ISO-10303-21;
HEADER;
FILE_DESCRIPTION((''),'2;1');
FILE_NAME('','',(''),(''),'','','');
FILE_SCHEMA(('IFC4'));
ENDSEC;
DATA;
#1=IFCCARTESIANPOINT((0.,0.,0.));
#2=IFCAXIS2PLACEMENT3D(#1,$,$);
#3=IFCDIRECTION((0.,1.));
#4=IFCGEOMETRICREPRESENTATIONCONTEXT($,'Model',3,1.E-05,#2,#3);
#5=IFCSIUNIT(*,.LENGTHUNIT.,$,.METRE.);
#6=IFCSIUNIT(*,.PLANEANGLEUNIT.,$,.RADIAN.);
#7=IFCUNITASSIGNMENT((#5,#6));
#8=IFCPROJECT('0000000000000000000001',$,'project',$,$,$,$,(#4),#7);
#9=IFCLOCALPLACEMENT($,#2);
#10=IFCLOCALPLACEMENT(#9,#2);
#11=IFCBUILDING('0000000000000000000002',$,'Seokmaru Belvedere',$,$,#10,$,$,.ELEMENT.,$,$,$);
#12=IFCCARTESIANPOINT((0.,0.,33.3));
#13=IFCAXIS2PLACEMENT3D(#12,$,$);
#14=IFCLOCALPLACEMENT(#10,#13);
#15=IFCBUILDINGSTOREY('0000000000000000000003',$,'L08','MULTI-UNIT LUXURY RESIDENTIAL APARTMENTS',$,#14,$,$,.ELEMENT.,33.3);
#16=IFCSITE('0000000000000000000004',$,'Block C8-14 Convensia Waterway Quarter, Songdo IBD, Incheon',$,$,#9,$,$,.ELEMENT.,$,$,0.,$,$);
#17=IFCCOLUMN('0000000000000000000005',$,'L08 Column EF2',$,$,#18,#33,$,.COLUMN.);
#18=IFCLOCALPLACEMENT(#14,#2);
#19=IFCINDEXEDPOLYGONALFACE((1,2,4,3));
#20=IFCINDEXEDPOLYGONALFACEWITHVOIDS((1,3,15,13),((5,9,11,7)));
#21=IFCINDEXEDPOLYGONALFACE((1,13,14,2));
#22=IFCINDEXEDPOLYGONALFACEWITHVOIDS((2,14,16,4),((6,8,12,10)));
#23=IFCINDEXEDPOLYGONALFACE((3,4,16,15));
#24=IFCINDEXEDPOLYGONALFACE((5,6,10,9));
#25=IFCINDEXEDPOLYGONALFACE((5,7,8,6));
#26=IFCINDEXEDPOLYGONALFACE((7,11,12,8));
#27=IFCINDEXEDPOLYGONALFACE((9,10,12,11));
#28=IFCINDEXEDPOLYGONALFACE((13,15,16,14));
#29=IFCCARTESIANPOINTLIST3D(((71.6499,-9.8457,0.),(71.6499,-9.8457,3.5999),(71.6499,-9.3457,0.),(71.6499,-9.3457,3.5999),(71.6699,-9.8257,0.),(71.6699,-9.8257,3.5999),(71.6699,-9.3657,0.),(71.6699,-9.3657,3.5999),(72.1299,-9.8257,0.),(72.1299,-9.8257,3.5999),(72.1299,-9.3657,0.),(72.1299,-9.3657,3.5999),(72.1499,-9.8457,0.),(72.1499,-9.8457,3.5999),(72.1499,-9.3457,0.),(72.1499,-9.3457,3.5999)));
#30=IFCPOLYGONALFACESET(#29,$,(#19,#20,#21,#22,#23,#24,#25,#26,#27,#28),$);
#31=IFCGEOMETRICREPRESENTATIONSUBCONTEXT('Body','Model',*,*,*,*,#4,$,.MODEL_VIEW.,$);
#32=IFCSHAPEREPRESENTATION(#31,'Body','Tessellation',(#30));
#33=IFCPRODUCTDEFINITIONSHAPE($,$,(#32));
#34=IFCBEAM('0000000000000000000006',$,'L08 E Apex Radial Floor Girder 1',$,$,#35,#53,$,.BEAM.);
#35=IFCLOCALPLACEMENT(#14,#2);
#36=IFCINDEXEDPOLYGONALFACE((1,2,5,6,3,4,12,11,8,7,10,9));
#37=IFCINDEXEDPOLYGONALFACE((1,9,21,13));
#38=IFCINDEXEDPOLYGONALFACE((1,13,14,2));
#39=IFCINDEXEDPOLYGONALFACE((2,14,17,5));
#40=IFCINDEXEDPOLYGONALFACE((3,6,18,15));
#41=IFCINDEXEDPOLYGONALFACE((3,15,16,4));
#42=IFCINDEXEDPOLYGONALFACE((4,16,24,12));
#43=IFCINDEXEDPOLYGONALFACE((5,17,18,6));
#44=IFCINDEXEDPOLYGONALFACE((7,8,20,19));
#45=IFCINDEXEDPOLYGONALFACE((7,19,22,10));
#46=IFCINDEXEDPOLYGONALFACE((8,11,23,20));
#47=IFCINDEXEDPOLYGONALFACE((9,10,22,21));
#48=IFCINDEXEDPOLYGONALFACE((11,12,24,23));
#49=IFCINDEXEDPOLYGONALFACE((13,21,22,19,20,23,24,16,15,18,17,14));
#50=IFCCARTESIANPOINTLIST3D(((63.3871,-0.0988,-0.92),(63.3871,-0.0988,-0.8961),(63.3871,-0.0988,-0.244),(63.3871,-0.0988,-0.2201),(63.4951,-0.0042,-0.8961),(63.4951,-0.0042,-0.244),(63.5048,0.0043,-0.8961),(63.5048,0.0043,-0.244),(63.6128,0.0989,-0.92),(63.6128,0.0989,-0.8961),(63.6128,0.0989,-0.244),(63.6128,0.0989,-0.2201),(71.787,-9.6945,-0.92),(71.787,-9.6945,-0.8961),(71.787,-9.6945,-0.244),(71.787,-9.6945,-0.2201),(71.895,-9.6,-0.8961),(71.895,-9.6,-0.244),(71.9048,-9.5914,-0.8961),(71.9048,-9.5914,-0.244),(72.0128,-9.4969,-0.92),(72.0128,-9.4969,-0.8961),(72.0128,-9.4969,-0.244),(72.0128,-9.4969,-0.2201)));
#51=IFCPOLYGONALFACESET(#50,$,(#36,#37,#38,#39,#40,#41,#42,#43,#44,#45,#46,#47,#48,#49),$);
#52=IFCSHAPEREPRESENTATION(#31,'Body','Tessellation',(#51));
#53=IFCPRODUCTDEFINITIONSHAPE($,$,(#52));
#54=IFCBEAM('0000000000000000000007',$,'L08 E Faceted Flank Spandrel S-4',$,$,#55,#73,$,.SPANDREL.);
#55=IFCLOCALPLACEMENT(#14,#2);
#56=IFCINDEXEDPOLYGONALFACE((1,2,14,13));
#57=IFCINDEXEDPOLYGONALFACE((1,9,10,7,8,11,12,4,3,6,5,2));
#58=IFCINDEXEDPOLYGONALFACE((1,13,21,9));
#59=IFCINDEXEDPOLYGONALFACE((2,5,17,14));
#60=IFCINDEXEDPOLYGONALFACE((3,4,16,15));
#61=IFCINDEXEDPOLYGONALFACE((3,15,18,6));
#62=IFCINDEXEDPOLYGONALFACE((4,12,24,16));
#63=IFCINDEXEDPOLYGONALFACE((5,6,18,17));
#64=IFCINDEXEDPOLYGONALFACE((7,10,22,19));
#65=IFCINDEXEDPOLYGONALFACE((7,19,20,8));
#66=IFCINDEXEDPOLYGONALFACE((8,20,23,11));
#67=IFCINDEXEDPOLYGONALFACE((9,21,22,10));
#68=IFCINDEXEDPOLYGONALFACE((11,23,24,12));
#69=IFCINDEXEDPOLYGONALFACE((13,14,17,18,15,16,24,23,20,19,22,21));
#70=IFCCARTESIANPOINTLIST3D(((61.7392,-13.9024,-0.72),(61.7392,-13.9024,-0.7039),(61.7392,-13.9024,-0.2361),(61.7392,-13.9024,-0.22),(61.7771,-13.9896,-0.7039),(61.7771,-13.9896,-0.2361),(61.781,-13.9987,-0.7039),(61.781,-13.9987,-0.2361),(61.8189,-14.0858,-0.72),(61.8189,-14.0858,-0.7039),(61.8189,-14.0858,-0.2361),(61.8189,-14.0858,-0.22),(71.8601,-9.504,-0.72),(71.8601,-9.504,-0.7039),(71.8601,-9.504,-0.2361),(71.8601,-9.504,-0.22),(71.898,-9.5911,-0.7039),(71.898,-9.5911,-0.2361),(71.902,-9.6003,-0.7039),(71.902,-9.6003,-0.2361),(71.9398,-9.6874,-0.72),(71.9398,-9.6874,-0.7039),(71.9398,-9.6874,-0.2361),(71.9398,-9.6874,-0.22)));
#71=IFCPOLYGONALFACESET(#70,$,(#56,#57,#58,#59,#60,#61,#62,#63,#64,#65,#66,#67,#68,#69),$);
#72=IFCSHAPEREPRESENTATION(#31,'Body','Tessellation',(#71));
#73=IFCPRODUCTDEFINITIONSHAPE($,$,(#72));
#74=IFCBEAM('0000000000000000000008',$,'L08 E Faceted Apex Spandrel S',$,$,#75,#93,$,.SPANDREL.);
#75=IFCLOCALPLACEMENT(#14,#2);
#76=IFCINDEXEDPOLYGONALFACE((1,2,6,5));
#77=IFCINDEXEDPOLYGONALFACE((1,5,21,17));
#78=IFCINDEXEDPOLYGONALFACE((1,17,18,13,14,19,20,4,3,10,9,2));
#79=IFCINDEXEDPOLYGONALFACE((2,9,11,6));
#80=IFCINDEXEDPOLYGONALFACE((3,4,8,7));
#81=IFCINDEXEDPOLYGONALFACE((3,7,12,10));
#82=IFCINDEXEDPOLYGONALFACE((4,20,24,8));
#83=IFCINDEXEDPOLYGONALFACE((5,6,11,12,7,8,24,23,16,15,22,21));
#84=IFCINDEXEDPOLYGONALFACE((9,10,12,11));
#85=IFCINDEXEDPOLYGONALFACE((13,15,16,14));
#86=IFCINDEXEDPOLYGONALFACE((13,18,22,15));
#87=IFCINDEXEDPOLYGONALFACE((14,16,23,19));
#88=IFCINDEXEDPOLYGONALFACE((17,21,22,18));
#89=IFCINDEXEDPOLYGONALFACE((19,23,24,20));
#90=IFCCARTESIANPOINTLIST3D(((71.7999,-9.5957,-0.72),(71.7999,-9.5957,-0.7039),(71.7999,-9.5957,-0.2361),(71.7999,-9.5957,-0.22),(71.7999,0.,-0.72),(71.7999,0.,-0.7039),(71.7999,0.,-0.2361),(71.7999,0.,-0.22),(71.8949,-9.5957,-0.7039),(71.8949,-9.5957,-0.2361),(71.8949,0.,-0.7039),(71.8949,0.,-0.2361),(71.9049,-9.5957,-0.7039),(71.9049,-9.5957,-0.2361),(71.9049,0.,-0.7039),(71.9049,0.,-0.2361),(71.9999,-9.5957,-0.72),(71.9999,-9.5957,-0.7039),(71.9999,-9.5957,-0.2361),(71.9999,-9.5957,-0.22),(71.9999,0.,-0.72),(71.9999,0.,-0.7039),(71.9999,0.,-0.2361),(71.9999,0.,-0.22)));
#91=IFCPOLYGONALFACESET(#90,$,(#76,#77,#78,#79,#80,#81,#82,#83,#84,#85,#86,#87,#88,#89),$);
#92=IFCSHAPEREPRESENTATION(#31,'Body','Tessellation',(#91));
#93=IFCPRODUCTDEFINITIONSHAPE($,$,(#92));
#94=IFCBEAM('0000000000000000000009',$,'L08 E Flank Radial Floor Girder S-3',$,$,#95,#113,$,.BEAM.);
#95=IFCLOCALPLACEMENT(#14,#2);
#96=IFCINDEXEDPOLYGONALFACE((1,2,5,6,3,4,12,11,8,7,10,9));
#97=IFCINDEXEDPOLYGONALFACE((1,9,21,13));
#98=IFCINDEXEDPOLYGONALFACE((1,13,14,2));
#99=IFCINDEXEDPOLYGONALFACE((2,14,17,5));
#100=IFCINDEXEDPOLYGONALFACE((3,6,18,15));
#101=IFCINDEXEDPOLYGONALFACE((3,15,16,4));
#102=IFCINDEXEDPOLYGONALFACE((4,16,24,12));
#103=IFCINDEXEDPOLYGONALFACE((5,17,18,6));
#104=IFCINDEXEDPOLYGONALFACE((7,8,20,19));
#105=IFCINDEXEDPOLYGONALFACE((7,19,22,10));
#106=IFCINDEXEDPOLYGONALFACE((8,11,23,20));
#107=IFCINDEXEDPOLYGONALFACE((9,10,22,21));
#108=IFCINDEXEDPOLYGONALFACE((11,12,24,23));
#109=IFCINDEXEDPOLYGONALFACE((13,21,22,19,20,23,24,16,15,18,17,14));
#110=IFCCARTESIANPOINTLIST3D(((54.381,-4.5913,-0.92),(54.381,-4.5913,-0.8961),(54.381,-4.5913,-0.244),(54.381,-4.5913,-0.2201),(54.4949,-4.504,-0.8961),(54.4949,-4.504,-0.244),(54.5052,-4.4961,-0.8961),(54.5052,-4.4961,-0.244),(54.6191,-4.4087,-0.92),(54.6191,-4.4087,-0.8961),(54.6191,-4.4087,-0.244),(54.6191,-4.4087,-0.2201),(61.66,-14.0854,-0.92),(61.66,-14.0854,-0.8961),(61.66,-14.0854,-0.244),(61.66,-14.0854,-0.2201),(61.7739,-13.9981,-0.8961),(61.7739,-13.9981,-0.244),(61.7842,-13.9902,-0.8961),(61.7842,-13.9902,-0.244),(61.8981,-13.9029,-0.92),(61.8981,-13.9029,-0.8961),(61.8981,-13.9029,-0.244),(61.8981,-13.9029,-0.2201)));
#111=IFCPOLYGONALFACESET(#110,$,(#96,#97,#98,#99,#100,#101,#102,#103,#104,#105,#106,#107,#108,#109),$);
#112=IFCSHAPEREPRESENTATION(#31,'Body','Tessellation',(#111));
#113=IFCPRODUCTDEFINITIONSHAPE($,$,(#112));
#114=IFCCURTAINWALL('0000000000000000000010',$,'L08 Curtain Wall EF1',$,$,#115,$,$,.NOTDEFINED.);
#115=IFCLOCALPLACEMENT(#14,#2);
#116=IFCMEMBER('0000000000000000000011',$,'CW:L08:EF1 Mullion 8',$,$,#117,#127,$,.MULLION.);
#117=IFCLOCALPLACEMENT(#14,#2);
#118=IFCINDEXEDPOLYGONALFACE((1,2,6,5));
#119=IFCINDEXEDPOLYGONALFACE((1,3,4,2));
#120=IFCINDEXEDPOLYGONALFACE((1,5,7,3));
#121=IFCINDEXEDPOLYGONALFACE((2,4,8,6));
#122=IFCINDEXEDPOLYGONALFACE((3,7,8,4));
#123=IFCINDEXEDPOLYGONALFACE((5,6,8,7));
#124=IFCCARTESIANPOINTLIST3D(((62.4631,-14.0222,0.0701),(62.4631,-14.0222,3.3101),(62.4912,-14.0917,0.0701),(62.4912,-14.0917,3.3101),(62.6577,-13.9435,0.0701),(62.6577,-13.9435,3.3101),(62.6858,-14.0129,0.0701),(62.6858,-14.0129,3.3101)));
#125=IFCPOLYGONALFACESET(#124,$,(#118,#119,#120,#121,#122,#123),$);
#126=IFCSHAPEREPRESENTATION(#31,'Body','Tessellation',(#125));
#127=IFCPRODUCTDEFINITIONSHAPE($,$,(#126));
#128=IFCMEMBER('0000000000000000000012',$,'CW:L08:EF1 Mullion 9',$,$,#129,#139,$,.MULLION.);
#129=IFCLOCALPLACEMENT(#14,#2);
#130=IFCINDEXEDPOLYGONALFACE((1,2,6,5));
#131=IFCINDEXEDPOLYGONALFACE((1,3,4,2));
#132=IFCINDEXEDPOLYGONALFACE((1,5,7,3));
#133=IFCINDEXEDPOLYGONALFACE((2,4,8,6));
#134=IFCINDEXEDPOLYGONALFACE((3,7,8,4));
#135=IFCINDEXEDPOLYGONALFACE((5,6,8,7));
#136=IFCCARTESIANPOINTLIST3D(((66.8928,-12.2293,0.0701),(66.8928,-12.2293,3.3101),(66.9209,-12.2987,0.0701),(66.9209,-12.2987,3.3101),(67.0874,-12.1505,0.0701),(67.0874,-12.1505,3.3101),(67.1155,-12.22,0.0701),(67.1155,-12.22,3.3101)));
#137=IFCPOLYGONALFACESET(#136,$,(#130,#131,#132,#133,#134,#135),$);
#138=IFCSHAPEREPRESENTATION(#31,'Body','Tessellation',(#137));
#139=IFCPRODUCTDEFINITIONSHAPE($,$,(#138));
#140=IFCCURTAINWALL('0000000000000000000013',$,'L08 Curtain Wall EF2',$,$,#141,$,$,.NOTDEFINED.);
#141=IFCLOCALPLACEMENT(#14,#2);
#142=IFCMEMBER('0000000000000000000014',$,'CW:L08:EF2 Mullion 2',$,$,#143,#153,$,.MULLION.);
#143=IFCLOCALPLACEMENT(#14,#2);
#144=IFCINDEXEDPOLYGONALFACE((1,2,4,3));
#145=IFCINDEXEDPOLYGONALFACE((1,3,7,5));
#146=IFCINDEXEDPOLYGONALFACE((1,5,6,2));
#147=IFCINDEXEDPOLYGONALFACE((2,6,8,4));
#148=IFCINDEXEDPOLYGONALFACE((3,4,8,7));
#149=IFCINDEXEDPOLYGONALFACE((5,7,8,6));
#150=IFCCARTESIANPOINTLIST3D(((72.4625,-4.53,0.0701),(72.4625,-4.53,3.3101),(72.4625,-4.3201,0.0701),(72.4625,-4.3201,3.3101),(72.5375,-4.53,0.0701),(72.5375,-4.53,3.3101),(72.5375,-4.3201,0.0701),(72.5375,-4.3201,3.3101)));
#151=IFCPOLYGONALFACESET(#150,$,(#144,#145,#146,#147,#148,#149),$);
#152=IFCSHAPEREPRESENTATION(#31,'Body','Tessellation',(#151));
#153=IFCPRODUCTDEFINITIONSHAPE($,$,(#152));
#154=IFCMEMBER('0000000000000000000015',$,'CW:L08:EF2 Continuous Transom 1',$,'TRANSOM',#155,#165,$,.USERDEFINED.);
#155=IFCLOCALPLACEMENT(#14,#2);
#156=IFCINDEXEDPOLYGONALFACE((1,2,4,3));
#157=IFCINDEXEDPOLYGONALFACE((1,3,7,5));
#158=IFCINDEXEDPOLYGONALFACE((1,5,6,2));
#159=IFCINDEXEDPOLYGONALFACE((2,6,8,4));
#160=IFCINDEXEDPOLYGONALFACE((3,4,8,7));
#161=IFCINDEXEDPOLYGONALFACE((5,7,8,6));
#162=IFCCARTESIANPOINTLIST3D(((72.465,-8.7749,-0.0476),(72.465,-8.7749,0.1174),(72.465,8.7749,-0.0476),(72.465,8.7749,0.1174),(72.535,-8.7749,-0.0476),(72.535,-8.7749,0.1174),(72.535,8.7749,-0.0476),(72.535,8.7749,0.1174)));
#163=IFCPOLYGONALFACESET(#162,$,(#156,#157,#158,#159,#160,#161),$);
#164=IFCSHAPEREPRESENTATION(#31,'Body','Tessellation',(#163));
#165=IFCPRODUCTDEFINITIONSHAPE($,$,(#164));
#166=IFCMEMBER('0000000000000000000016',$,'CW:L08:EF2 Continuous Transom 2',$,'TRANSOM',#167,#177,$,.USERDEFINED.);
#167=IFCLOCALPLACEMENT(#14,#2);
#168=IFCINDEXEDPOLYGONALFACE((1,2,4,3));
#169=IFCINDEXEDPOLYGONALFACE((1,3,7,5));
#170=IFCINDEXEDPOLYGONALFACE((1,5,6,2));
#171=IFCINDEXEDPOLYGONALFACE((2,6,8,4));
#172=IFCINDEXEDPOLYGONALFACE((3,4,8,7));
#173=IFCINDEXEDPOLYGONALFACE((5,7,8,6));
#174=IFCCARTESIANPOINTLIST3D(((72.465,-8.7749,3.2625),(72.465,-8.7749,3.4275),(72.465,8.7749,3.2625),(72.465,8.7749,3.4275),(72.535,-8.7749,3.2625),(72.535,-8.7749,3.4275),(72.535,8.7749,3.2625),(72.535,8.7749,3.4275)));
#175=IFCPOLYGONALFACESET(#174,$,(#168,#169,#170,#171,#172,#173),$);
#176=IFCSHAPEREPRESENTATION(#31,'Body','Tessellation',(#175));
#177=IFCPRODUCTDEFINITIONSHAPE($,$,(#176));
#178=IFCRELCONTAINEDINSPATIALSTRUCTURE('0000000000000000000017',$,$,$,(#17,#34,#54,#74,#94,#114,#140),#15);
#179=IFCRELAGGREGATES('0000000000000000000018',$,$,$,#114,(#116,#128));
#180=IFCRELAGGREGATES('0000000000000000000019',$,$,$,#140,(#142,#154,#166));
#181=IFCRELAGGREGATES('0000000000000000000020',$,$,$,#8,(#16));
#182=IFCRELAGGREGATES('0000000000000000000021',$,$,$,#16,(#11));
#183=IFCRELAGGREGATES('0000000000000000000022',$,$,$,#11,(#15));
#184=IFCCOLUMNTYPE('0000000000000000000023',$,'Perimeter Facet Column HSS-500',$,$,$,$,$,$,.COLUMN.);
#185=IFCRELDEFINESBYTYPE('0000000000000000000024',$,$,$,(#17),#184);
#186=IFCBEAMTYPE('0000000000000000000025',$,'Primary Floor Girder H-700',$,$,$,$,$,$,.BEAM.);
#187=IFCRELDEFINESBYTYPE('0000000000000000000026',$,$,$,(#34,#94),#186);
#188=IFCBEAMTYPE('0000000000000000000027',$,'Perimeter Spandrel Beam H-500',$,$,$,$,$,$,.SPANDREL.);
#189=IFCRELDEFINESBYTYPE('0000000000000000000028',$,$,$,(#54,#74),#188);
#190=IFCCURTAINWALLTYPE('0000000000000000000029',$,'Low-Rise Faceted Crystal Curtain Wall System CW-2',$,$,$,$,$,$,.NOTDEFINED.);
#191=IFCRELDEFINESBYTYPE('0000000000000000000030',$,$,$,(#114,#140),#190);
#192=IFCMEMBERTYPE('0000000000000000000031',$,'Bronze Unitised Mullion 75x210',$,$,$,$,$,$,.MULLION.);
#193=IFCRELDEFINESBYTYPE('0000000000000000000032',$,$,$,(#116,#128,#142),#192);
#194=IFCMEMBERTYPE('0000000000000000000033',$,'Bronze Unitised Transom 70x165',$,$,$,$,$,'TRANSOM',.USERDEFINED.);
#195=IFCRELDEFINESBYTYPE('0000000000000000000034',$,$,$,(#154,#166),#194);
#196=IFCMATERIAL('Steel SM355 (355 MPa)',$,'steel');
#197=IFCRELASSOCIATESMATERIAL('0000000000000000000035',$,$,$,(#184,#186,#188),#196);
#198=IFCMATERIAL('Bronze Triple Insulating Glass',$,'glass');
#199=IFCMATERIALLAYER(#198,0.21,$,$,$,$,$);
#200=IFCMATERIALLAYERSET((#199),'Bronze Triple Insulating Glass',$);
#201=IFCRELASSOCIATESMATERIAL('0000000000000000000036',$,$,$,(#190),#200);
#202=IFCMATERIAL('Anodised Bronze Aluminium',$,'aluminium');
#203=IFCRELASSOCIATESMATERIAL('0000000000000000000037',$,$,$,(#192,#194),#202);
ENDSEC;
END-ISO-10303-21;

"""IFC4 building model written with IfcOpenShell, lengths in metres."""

from ifc_helpers import new_model, si_unit, direction, frame, origin, origin_2d, place, context, subcontext, project, spatial, rectangle, hollow_rectangle, i_section, extrude, source, transform, mapped, material, layer, layer_set, material_profile, profile_set, type_object, type_shapes, element, aggregate, save


model = new_model("IFC4")

# Units and contexts
model_context = context("Model", 3, precision=1e-05, world=origin(), true_north=direction((0.0, 1.0)))
body_context = subcontext(model_context, "Body", "Model", "MODEL_VIEW")
ifc_project = project(units=[si_unit("LENGTHUNIT", "METRE"), si_unit("PLANEANGLEUNIT", "RADIAN")], contexts=[model_context])

# Site, building, storey
site_placement = place(None, origin())
site = spatial("IfcSite", under=ifc_project, at=site_placement, Name="Block C8-14 Convensia Waterway Quarter, Songdo IBD, Incheon", CompositionType="ELEMENT", RefElevation=0.0)
building_placement = place(site_placement, origin())
building = spatial("IfcBuilding", under=site, at=building_placement, Name="Seokmaru Belvedere", CompositionType="ELEMENT")
storey_placement = place(building_placement, frame((0.0, 0.0, 33.3)))
storey = spatial("IfcBuildingStorey", under=building, at=storey_placement, Name="L08", Description="MULTI-UNIT LUXURY RESIDENTIAL APARTMENTS", CompositionType="ELEMENT", Elevation=33.3)

# Column
ifc_material_1 = material(Name="Steel SM355 (355 MPa)", Category="steel")
ifc_material_profile_1 = material_profile(ifc_material_1, hollow_rectangle(XDim=0.5, YDim=0.5, WallThickness=0.02, at=origin_2d()), Name="HSS-500x500x20")
ifc_profile_set_1 = profile_set([ifc_material_profile_1], Name="Steel SM355 (355 MPa)")
column_type = type_object("IfcColumnType", Name="Perimeter Facet Column HSS-500", PredefinedType="COLUMN", material=ifc_profile_set_1)
shared_shape_1 = source(origin(), body_context, "Body", "SweptSolid", [
    extrude(hollow_rectangle(XDim=0.5, YDim=0.5, WallThickness=0.02, at=origin_2d()), origin(), (0.0, 0.0, 1.0), 3.5999),
])
type_shapes(column_type, [shared_shape_1])
column_placement = place(storey_placement, frame((71.8999, -9.5957, 0.0), z_axis=(0.0, 0.0, 1.0), x_axis=(1.0, 0.0, 0.0)))
element("IfcColumn", 1, at=column_placement, inside=storey, type_object=column_type, Name="L08 Column EF2", PredefinedType="COLUMN", context=body_context, shape_type="MappedRepresentation", body=[
    mapped(shared_shape_1, transform((0.0, 0.0, 0.0), scale=1.0)),
])

# Beams
ifc_material_profile_2 = material_profile(ifc_material_1, i_section(OverallWidth=0.3, OverallDepth=0.7, WebThickness=0.0129, FlangeThickness=0.0239, at=origin_2d()), Name="H-700x300x13x24")
ifc_profile_set_2 = profile_set([ifc_material_profile_2], Name="Steel SM355 (355 MPa)")
beam_type_1 = type_object("IfcBeamType", Name="Primary Floor Girder H-700", PredefinedType="BEAM", material=ifc_profile_set_2)
shared_shape_2 = source(origin(), body_context, "Body", "SweptSolid", [
    extrude(i_section(OverallWidth=0.3, OverallDepth=0.7, WebThickness=0.0129, FlangeThickness=0.0239, at=origin_2d()), origin(), (0.0, 0.0, 1.0), 12.7529),
])
beam_1_placement = place(storey_placement, frame((71.8999, -9.5957, -0.5701), z_axis=(-0.658667, 0.752434, 0.0), x_axis=(-0.752434, -0.658667, 0.0)))
element("IfcBeam", 2, at=beam_1_placement, inside=storey, type_object=beam_type_1, Name="L08 E Apex Radial Floor Girder 1", PredefinedType="BEAM", context=body_context, shape_type="MappedRepresentation", body=[
    mapped(shared_shape_2, transform((0.0, 0.0, 0.0), scale=1.0)),
])
ifc_material_profile_3 = material_profile(ifc_material_1, i_section(OverallWidth=0.2, OverallDepth=0.5, WebThickness=0.01, FlangeThickness=0.0161, at=origin_2d()), Name="H-500x200x10x16")
ifc_profile_set_3 = profile_set([ifc_material_profile_3], Name="Steel SM355 (355 MPa)")
beam_type_2 = type_object("IfcBeamType", Name="Perimeter Spandrel Beam H-500", PredefinedType="SPANDREL", material=ifc_profile_set_3)
shared_shape_3 = source(origin(), body_context, "Body", "SweptSolid", [
    extrude(i_section(OverallWidth=0.2, OverallDepth=0.5, WebThickness=0.01, FlangeThickness=0.0161, at=origin_2d()), origin(), (0.0, 0.0, 1.0), 11.0354),
])
beam_2_placement = place(storey_placement, frame((61.7791, -13.9941, -0.47), z_axis=(0.917134, 0.398579, 0.0), x_axis=(-0.398579, 0.917134, 0.0)))
element("IfcBeam", 3, at=beam_2_placement, inside=storey, type_object=beam_type_2, Name="L08 E Faceted Flank Spandrel S-4", PredefinedType="SPANDREL", context=body_context, shape_type="MappedRepresentation", body=[
    mapped(shared_shape_3, transform((0.0, 0.0, 0.0), scale=1.0)),
])
shared_shape_4 = source(origin(), body_context, "Body", "SweptSolid", [
    extrude(i_section(OverallWidth=0.2, OverallDepth=0.5, WebThickness=0.01, FlangeThickness=0.0161, at=origin_2d()), origin(), (0.0, 0.0, 1.0), 9.5957),
])
type_shapes(beam_type_2, [shared_shape_3, shared_shape_4])
beam_3_placement = place(storey_placement, frame((71.8999, -9.5957, -0.47), z_axis=(0.0, 1.0, 0.0), x_axis=(-1.0, 0.0, 0.0)))
element("IfcBeam", 4, at=beam_3_placement, inside=storey, type_object=beam_type_2, Name="L08 E Faceted Apex Spandrel S", PredefinedType="SPANDREL", context=body_context, shape_type="MappedRepresentation", body=[
    mapped(shared_shape_4, transform((0.0, 0.0, 0.0), scale=1.0)),
])
shared_shape_5 = source(origin(), body_context, "Body", "SweptSolid", [
    extrude(i_section(OverallWidth=0.3, OverallDepth=0.7, WebThickness=0.0129, FlangeThickness=0.0239, at=origin_2d()), origin(), (0.0, 0.0, 1.0), 11.9634),
])
type_shapes(beam_type_1, [shared_shape_2, shared_shape_5])
beam_4_placement = place(storey_placement, frame((61.7791, -13.9941, -0.5701), z_axis=(-0.608443, 0.793598, 0.0), x_axis=(-0.793598, -0.608443, 0.0)))
element("IfcBeam", 5, at=beam_4_placement, inside=storey, type_object=beam_type_1, Name="L08 E Flank Radial Floor Girder S-3", PredefinedType="BEAM", context=body_context, shape_type="MappedRepresentation", body=[
    mapped(shared_shape_5, transform((0.0, 0.0, 0.0), scale=1.0)),
])

# Curtain walls, members
ifc_material_2 = material(Name="Bronze Triple Insulating Glass", Category="glass")
ifc_layer_1 = layer(ifc_material_2, 0.21)
ifc_layer_set_1 = layer_set([ifc_layer_1], Name="Bronze Triple Insulating Glass")
curtain_wall_type = type_object("IfcCurtainWallType", Name="Low-Rise Faceted Crystal Curtain Wall System CW-2", PredefinedType="NOTDEFINED", material=ifc_layer_set_1)
curtain_wall_1_placement = place(storey_placement, origin())
curtain_wall_1 = element("IfcCurtainWall", 6, at=curtain_wall_1_placement, inside=storey, type_object=curtain_wall_type, Name="L08 Curtain Wall EF1", PredefinedType="NOTDEFINED")
ifc_material_3 = material(Name="Anodised Bronze Aluminium", Category="aluminium")
ifc_material_profile_4 = material_profile(ifc_material_3, rectangle(XDim=0.075, YDim=0.21, at=origin_2d()), Name="CW-M-75x210")
ifc_profile_set_4 = profile_set([ifc_material_profile_4], Name="Anodised Bronze Aluminium")
member_type_1 = type_object("IfcMemberType", Name="Bronze Unitised Mullion 75x210", PredefinedType="MULLION", material=ifc_profile_set_4)
shared_shape_6 = source(origin(), body_context, "Body", "SweptSolid", [
    extrude(rectangle(XDim=0.075, YDim=0.21, at=origin_2d()), origin(), (0.0, 0.0, 1.0), 3.24),
])
member_1_placement = place(storey_placement, frame((62.5745, -14.0176, 0.0701), z_axis=(0.0, 0.0, 1.0), x_axis=(-0.375192, 0.926947, 0.0)))
member_1 = element("IfcMember", 7, at=member_1_placement, type_object=member_type_1, Name="CW:L08:EF1 Mullion 8", PredefinedType="MULLION", context=body_context, shape_type="MappedRepresentation", body=[
    mapped(shared_shape_6, transform((0.0, 0.0, 0.0), scale=1.0)),
])
member_2_placement = place(storey_placement, frame((67.0042, -12.2246, 0.0701), z_axis=(0.0, 0.0, 1.0), x_axis=(-0.375192, 0.926947, 0.0)))
member_2 = element("IfcMember", 8, at=member_2_placement, type_object=member_type_1, Name="CW:L08:EF1 Mullion 9", PredefinedType="MULLION", context=body_context, shape_type="MappedRepresentation", body=[
    mapped(shared_shape_6, transform((0.0, 0.0, 0.0), scale=1.0)),
])
curtain_wall_2_placement = place(storey_placement, origin())
curtain_wall_2 = element("IfcCurtainWall", 9, at=curtain_wall_2_placement, inside=storey, type_object=curtain_wall_type, Name="L08 Curtain Wall EF2", PredefinedType="NOTDEFINED")
member_3_placement = place(storey_placement, frame((72.5, -4.425, 0.0701), z_axis=(0.0, 0.0, 1.0), x_axis=(-1.0, 0.0, 0.0)))
member_3 = element("IfcMember", 10, at=member_3_placement, type_object=member_type_1, Name="CW:L08:EF2 Mullion 2", PredefinedType="MULLION", context=body_context, shape_type="MappedRepresentation", body=[
    mapped(shared_shape_6, transform((0.0, 0.0, 0.0), scale=1.0)),
])
ifc_material_profile_5 = material_profile(ifc_material_3, rectangle(XDim=0.0701, YDim=0.165, at=origin_2d()), Name="CW-T-70x165")
ifc_profile_set_5 = profile_set([ifc_material_profile_5], Name="Anodised Bronze Aluminium")
member_type_2 = type_object("IfcMemberType", Name="Bronze Unitised Transom 70x165", ElementType="TRANSOM", PredefinedType="USERDEFINED", material=ifc_profile_set_5)
shared_shape_7 = source(origin(), body_context, "Body", "SweptSolid", [
    extrude(rectangle(XDim=0.0701, YDim=0.165, at=origin_2d()), origin(), (0.0, 0.0, 1.0), 17.5498),
])
type_shapes(member_type_2, [shared_shape_7])
member_4_placement = place(storey_placement, frame((72.5, -8.7749, 0.0349), z_axis=(0.0, 1.0, 0.0), x_axis=(-1.0, 0.0, 0.0)))
member_4 = element("IfcMember", 11, at=member_4_placement, type_object=member_type_2, Name="CW:L08:EF2 Continuous Transom 1", ObjectType="TRANSOM", PredefinedType="USERDEFINED", context=body_context, shape_type="MappedRepresentation", body=[
    mapped(shared_shape_7, transform((0.0, 0.0, 0.0), scale=1.0)),
])
member_5_placement = place(storey_placement, frame((72.5, -8.7749, 3.345), z_axis=(0.0, 1.0, 0.0), x_axis=(-1.0, 0.0, 0.0)))
member_5 = element("IfcMember", 12, at=member_5_placement, type_object=member_type_2, Name="CW:L08:EF2 Continuous Transom 2", ObjectType="TRANSOM", PredefinedType="USERDEFINED", context=body_context, shape_type="MappedRepresentation", body=[
    mapped(shared_shape_7, transform((0.0, 0.0, 0.0), scale=1.0)),
])

aggregate(curtain_wall_1, [member_1, member_2])
aggregate(curtain_wall_2, [member_3, member_4, member_5])

save(model, "model.ifc")
